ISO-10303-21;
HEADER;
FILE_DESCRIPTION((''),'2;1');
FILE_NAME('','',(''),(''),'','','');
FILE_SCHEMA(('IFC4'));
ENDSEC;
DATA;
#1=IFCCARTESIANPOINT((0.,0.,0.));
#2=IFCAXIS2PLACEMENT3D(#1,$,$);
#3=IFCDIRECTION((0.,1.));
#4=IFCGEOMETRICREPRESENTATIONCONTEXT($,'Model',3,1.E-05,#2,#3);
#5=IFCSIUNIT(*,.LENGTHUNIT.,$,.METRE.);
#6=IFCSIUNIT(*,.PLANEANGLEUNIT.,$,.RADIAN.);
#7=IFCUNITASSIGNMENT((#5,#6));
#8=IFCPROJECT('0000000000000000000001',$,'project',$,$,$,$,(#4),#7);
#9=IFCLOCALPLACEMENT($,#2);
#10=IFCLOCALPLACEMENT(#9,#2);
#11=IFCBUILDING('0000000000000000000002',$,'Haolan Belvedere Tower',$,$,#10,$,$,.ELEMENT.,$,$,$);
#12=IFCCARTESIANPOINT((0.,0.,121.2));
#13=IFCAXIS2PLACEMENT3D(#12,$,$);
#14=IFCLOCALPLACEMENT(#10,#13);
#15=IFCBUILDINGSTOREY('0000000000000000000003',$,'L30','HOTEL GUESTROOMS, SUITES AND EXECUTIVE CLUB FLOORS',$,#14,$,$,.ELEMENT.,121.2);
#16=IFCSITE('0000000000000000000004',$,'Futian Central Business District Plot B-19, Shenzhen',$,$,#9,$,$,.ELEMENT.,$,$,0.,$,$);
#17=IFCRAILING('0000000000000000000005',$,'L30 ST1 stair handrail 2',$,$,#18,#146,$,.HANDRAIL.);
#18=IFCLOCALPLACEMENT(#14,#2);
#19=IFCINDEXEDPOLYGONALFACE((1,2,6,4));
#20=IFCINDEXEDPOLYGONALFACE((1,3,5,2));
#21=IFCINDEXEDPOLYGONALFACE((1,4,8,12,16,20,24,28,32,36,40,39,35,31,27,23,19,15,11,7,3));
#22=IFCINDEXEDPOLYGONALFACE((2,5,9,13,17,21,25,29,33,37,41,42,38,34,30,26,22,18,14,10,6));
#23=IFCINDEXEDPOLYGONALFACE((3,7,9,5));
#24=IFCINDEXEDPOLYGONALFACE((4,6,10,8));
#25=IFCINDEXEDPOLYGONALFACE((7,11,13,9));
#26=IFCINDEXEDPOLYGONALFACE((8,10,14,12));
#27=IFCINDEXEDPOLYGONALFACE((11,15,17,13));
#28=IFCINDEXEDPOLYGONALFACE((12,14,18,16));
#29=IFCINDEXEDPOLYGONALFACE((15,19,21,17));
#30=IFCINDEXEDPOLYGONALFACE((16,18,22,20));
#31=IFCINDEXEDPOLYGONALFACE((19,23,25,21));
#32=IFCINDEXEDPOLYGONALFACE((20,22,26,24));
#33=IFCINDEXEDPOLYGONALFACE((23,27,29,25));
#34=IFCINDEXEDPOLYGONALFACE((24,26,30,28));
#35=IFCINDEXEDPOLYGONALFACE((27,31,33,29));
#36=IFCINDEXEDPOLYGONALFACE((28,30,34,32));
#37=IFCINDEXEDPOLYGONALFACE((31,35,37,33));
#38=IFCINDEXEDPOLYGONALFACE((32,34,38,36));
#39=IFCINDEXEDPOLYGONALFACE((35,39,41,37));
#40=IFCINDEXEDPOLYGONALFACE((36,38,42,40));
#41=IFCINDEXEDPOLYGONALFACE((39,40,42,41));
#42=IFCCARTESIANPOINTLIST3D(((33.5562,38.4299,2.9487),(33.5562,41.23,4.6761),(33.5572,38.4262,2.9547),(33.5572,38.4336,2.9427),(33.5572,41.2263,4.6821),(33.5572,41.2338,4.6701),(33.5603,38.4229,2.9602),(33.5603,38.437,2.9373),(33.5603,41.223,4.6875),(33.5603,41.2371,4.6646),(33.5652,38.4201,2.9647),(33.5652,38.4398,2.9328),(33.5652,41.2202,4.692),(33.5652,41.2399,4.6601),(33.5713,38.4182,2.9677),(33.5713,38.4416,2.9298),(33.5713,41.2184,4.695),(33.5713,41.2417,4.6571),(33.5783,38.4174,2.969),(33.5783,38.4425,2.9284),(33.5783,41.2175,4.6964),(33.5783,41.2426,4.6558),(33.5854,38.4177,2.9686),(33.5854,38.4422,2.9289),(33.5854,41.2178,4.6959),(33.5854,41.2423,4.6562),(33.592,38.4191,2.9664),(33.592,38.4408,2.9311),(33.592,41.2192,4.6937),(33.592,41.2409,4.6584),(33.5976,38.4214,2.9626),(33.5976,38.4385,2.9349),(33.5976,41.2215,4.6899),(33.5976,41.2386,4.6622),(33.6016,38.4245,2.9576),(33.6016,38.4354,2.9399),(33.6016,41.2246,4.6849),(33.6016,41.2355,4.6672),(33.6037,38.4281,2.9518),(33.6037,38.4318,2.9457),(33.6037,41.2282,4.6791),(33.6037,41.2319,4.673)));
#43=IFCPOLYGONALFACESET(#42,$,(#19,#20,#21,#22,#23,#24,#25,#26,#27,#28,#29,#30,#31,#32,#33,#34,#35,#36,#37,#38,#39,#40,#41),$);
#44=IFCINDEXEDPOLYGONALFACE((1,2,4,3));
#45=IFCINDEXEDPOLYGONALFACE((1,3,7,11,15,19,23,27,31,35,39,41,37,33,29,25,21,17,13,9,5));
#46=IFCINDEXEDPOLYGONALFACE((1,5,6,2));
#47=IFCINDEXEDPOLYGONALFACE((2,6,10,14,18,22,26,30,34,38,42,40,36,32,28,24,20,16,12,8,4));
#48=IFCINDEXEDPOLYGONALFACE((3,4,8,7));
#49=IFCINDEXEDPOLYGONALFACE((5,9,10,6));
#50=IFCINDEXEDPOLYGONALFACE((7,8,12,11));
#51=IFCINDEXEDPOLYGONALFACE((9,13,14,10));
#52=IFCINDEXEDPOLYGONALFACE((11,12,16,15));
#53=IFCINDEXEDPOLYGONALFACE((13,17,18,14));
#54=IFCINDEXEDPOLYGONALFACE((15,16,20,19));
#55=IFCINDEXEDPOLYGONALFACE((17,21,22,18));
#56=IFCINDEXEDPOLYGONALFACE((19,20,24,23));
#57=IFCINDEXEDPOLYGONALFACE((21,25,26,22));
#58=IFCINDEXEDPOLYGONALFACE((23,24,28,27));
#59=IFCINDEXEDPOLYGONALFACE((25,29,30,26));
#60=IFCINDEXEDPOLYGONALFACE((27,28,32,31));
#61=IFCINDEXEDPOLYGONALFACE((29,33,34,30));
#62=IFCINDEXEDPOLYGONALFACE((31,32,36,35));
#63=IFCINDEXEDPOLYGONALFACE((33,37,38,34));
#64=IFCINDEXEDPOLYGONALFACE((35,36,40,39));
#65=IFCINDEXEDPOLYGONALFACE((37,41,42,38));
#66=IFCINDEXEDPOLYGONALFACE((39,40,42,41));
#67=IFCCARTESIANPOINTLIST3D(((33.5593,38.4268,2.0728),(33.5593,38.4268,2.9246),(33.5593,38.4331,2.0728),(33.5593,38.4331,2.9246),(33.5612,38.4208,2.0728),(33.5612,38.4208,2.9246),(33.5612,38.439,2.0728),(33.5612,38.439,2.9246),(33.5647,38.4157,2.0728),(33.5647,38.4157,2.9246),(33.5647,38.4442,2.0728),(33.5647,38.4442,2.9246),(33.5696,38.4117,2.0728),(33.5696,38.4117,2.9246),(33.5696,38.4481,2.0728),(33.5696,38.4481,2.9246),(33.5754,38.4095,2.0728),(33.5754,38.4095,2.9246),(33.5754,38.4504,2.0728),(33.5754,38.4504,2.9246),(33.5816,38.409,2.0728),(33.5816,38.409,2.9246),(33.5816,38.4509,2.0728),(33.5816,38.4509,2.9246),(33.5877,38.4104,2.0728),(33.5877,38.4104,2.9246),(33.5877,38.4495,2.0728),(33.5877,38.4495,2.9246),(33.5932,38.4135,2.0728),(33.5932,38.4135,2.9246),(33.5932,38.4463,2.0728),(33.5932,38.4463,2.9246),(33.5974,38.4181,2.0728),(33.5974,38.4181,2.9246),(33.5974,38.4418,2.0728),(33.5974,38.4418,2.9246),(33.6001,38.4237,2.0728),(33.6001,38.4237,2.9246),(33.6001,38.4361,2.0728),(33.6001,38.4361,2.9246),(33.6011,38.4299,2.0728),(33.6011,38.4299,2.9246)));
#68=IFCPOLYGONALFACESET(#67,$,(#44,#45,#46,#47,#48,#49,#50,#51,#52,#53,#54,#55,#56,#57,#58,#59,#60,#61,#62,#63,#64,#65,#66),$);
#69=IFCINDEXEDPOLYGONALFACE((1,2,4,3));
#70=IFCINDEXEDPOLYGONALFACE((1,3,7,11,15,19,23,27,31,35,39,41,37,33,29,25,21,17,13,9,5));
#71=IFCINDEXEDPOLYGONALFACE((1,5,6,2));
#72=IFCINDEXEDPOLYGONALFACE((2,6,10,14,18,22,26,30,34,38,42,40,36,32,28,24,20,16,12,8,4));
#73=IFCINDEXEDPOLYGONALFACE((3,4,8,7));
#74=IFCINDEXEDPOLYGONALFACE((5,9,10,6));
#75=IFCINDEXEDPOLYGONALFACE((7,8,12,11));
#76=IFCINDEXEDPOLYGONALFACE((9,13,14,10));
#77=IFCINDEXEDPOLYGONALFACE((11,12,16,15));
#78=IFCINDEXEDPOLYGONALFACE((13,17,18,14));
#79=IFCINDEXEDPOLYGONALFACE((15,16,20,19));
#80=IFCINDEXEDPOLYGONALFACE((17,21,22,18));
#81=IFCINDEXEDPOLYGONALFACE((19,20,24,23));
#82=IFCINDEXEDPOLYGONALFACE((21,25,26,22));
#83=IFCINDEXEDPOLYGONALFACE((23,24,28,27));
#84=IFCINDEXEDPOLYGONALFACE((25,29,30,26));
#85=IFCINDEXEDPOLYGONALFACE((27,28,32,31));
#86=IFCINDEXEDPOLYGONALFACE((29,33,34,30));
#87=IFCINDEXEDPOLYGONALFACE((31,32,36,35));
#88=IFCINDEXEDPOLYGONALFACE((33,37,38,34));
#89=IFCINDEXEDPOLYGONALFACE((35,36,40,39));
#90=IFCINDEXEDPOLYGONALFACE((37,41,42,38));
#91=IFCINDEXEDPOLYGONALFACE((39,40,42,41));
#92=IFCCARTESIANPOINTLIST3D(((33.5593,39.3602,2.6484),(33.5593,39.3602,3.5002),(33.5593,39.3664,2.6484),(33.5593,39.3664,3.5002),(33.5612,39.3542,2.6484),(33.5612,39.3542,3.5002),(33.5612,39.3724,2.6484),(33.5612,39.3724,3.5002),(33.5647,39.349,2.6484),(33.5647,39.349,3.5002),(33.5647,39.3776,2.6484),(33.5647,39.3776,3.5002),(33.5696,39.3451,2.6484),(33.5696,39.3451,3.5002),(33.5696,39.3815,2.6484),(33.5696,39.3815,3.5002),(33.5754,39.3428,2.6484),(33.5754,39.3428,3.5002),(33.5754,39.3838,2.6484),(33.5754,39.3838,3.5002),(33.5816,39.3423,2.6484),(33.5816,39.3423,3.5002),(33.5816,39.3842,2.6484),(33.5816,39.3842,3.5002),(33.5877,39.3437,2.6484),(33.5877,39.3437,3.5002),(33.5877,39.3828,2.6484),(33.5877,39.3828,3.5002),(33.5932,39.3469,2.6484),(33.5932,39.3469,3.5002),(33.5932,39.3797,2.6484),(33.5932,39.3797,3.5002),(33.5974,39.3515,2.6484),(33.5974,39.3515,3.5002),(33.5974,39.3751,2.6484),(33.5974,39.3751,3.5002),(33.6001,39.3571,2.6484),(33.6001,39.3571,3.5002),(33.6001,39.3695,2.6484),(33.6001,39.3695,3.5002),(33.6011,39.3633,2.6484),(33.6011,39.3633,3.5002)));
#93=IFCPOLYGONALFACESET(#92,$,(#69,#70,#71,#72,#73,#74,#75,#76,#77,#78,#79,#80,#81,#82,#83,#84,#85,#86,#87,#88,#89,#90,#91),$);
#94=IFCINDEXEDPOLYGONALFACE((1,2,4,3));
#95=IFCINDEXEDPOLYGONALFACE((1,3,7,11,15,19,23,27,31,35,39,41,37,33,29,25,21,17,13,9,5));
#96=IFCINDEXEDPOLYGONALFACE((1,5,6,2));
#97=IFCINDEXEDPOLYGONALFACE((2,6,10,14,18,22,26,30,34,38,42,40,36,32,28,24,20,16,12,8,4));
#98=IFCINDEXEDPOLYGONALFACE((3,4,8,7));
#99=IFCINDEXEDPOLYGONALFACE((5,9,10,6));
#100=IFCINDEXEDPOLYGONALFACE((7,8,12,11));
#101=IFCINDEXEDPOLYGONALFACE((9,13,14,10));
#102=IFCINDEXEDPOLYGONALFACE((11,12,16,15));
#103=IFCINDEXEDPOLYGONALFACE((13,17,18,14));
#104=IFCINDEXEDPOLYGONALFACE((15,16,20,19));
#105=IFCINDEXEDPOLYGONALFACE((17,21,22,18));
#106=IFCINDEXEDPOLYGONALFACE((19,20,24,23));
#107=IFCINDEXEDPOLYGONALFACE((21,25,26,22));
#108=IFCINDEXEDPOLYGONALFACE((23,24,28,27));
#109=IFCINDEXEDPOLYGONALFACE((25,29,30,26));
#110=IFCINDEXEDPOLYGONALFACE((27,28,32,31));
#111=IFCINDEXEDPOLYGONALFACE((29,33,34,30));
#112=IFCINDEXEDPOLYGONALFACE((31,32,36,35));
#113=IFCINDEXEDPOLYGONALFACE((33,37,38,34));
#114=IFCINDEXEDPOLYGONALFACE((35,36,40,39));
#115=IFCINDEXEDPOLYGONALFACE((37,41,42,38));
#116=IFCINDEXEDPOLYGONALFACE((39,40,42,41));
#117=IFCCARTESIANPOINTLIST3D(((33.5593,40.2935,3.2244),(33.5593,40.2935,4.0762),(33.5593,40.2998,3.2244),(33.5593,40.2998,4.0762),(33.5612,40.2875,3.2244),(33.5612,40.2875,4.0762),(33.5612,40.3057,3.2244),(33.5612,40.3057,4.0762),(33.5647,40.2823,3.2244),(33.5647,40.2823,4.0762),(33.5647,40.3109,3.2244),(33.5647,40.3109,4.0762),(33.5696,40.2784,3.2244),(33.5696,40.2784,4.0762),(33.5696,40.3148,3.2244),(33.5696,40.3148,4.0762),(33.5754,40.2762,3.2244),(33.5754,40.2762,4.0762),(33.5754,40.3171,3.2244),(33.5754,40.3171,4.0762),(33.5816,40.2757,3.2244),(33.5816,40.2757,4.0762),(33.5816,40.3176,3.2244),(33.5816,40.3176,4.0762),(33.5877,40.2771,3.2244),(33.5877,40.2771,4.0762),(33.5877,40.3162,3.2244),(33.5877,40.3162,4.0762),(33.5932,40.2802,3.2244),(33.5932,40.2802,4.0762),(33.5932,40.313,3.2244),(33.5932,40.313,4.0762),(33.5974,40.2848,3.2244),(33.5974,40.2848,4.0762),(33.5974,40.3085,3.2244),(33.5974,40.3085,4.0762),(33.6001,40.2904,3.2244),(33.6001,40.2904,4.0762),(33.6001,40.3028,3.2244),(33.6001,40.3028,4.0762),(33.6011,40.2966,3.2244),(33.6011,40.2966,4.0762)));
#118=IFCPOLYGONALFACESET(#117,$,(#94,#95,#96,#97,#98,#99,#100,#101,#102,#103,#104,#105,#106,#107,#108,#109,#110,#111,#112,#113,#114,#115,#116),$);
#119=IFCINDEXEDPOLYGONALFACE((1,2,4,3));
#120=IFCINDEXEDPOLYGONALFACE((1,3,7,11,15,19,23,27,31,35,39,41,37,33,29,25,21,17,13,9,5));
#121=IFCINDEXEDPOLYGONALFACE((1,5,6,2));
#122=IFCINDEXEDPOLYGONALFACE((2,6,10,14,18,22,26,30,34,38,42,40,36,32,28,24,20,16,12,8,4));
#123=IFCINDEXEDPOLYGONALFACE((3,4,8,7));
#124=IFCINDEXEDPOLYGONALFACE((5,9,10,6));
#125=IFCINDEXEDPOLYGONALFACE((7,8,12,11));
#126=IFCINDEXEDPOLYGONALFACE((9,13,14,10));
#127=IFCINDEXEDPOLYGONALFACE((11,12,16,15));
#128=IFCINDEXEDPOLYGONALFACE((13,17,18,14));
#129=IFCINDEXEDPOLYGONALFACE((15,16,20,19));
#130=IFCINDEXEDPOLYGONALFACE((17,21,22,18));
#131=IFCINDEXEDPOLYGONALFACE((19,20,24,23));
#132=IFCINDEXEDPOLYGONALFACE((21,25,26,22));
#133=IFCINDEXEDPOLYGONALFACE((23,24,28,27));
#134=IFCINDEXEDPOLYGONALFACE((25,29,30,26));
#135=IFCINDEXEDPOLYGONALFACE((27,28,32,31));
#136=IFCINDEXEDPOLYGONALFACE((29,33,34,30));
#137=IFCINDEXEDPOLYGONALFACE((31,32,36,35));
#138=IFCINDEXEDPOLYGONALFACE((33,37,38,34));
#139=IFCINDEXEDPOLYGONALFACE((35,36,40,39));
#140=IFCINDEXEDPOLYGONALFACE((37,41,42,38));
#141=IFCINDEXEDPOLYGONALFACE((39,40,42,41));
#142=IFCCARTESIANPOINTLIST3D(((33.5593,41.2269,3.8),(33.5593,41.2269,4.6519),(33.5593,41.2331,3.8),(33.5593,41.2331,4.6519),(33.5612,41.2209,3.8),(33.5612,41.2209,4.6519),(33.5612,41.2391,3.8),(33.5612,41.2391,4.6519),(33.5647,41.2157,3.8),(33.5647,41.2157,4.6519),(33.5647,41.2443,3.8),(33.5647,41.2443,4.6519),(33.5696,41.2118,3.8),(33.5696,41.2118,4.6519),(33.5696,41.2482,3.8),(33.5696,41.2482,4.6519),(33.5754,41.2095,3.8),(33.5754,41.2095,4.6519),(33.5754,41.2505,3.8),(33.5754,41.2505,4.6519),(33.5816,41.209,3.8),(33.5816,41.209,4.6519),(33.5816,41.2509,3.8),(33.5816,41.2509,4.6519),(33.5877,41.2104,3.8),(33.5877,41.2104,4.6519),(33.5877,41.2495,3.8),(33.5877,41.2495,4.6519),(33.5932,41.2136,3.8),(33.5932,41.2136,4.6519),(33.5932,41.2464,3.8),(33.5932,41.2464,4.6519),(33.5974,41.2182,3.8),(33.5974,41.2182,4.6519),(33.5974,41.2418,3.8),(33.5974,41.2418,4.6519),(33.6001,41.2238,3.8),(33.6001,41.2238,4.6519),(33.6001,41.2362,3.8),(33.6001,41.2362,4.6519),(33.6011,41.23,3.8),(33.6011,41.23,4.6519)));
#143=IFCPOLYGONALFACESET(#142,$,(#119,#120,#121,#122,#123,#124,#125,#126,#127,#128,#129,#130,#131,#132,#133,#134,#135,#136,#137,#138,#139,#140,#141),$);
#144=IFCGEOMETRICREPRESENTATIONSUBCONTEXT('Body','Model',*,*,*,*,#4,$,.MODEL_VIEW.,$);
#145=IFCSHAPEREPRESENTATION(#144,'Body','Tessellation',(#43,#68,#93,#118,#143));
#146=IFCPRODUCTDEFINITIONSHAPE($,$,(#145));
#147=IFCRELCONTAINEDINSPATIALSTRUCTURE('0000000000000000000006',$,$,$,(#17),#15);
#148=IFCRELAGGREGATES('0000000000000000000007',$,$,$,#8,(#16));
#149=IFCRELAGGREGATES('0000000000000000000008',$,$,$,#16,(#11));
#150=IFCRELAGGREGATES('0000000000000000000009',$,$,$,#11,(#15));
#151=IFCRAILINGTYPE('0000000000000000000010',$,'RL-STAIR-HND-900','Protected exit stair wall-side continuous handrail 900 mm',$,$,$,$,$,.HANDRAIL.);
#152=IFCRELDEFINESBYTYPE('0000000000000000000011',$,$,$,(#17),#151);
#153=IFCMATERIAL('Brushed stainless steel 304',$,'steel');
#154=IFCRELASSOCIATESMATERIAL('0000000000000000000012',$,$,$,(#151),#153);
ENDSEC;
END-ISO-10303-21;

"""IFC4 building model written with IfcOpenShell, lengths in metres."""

from ifc_helpers import new_model, si_unit, direction, frame, origin, origin_2d, place, context, subcontext, project, spatial, circle, extrude, material, type_object, element, save


model = new_model("IFC4")

# Units and contexts
model_context = context("Model", 3, precision=1e-05, world=origin(), true_north=direction((0.0, 1.0)))
body_context = subcontext(model_context, "Body", "Model", "MODEL_VIEW")
ifc_project = project(units=[si_unit("LENGTHUNIT", "METRE"), si_unit("PLANEANGLEUNIT", "RADIAN")], contexts=[model_context])

# Site, building, storey
site_placement = place(None, origin())
site = spatial("IfcSite", under=ifc_project, at=site_placement, Name="Futian Central Business District Plot B-19, Shenzhen", CompositionType="ELEMENT", RefElevation=0.0)
building_placement = place(site_placement, origin())
building = spatial("IfcBuilding", under=site, at=building_placement, Name="Haolan Belvedere Tower", CompositionType="ELEMENT")
storey_placement = place(building_placement, frame((0.0, 0.0, 121.2)))
storey = spatial("IfcBuildingStorey", under=building, at=storey_placement, Name="L30", Description="HOTEL GUESTROOMS, SUITES AND EXECUTIVE CLUB FLOORS", CompositionType="ELEMENT", Elevation=121.2)

# Railing
ifc_material_1 = material(Name="Brushed stainless steel 304", Category="steel")
railing_type_1 = type_object("IfcRailingType", Name="RL-STAIR-HND-900", Description="Protected exit stair wall-side continuous handrail 900 mm", PredefinedType="HANDRAIL", material=ifc_material_1)
railing_1_placement = place(storey_placement, frame((33.5801, 38.4299, 2.0728)))
element("IfcRailing", 1, at=railing_1_placement, inside=storey, type_object=railing_type_1, Name="L30 ST1 stair handrail 2", PredefinedType="HANDRAIL", context=body_context, shape_type="SweptSolid", body=[
    extrude(circle(Radius=0.0239, at=origin_2d()), frame((0.0, 0.0, 0.876), z_axis=(0.0, 0.85109, 0.52502), x_axis=(-1.0, 0.0, 0.0)), (0.0, 0.0, 1.0), 3.29),
    extrude(circle(Radius=0.021, at=origin_2d()), origin(), (0.0, 0.0, 1.0), 0.8518),
    extrude(circle(Radius=0.021, at=origin_2d()), frame((0.0, 0.9333, 0.5757)), (0.0, 0.0, 1.0), 0.8518),
    extrude(circle(Radius=0.021, at=origin_2d()), frame((0.0, 1.8667, 1.1516)), (0.0, 0.0, 1.0), 0.8518),
    extrude(circle(Radius=0.021, at=origin_2d()), frame((0.0, 2.8, 1.7273)), (0.0, 0.0, 1.0), 0.8518),
])

save(model, "model.ifc")
